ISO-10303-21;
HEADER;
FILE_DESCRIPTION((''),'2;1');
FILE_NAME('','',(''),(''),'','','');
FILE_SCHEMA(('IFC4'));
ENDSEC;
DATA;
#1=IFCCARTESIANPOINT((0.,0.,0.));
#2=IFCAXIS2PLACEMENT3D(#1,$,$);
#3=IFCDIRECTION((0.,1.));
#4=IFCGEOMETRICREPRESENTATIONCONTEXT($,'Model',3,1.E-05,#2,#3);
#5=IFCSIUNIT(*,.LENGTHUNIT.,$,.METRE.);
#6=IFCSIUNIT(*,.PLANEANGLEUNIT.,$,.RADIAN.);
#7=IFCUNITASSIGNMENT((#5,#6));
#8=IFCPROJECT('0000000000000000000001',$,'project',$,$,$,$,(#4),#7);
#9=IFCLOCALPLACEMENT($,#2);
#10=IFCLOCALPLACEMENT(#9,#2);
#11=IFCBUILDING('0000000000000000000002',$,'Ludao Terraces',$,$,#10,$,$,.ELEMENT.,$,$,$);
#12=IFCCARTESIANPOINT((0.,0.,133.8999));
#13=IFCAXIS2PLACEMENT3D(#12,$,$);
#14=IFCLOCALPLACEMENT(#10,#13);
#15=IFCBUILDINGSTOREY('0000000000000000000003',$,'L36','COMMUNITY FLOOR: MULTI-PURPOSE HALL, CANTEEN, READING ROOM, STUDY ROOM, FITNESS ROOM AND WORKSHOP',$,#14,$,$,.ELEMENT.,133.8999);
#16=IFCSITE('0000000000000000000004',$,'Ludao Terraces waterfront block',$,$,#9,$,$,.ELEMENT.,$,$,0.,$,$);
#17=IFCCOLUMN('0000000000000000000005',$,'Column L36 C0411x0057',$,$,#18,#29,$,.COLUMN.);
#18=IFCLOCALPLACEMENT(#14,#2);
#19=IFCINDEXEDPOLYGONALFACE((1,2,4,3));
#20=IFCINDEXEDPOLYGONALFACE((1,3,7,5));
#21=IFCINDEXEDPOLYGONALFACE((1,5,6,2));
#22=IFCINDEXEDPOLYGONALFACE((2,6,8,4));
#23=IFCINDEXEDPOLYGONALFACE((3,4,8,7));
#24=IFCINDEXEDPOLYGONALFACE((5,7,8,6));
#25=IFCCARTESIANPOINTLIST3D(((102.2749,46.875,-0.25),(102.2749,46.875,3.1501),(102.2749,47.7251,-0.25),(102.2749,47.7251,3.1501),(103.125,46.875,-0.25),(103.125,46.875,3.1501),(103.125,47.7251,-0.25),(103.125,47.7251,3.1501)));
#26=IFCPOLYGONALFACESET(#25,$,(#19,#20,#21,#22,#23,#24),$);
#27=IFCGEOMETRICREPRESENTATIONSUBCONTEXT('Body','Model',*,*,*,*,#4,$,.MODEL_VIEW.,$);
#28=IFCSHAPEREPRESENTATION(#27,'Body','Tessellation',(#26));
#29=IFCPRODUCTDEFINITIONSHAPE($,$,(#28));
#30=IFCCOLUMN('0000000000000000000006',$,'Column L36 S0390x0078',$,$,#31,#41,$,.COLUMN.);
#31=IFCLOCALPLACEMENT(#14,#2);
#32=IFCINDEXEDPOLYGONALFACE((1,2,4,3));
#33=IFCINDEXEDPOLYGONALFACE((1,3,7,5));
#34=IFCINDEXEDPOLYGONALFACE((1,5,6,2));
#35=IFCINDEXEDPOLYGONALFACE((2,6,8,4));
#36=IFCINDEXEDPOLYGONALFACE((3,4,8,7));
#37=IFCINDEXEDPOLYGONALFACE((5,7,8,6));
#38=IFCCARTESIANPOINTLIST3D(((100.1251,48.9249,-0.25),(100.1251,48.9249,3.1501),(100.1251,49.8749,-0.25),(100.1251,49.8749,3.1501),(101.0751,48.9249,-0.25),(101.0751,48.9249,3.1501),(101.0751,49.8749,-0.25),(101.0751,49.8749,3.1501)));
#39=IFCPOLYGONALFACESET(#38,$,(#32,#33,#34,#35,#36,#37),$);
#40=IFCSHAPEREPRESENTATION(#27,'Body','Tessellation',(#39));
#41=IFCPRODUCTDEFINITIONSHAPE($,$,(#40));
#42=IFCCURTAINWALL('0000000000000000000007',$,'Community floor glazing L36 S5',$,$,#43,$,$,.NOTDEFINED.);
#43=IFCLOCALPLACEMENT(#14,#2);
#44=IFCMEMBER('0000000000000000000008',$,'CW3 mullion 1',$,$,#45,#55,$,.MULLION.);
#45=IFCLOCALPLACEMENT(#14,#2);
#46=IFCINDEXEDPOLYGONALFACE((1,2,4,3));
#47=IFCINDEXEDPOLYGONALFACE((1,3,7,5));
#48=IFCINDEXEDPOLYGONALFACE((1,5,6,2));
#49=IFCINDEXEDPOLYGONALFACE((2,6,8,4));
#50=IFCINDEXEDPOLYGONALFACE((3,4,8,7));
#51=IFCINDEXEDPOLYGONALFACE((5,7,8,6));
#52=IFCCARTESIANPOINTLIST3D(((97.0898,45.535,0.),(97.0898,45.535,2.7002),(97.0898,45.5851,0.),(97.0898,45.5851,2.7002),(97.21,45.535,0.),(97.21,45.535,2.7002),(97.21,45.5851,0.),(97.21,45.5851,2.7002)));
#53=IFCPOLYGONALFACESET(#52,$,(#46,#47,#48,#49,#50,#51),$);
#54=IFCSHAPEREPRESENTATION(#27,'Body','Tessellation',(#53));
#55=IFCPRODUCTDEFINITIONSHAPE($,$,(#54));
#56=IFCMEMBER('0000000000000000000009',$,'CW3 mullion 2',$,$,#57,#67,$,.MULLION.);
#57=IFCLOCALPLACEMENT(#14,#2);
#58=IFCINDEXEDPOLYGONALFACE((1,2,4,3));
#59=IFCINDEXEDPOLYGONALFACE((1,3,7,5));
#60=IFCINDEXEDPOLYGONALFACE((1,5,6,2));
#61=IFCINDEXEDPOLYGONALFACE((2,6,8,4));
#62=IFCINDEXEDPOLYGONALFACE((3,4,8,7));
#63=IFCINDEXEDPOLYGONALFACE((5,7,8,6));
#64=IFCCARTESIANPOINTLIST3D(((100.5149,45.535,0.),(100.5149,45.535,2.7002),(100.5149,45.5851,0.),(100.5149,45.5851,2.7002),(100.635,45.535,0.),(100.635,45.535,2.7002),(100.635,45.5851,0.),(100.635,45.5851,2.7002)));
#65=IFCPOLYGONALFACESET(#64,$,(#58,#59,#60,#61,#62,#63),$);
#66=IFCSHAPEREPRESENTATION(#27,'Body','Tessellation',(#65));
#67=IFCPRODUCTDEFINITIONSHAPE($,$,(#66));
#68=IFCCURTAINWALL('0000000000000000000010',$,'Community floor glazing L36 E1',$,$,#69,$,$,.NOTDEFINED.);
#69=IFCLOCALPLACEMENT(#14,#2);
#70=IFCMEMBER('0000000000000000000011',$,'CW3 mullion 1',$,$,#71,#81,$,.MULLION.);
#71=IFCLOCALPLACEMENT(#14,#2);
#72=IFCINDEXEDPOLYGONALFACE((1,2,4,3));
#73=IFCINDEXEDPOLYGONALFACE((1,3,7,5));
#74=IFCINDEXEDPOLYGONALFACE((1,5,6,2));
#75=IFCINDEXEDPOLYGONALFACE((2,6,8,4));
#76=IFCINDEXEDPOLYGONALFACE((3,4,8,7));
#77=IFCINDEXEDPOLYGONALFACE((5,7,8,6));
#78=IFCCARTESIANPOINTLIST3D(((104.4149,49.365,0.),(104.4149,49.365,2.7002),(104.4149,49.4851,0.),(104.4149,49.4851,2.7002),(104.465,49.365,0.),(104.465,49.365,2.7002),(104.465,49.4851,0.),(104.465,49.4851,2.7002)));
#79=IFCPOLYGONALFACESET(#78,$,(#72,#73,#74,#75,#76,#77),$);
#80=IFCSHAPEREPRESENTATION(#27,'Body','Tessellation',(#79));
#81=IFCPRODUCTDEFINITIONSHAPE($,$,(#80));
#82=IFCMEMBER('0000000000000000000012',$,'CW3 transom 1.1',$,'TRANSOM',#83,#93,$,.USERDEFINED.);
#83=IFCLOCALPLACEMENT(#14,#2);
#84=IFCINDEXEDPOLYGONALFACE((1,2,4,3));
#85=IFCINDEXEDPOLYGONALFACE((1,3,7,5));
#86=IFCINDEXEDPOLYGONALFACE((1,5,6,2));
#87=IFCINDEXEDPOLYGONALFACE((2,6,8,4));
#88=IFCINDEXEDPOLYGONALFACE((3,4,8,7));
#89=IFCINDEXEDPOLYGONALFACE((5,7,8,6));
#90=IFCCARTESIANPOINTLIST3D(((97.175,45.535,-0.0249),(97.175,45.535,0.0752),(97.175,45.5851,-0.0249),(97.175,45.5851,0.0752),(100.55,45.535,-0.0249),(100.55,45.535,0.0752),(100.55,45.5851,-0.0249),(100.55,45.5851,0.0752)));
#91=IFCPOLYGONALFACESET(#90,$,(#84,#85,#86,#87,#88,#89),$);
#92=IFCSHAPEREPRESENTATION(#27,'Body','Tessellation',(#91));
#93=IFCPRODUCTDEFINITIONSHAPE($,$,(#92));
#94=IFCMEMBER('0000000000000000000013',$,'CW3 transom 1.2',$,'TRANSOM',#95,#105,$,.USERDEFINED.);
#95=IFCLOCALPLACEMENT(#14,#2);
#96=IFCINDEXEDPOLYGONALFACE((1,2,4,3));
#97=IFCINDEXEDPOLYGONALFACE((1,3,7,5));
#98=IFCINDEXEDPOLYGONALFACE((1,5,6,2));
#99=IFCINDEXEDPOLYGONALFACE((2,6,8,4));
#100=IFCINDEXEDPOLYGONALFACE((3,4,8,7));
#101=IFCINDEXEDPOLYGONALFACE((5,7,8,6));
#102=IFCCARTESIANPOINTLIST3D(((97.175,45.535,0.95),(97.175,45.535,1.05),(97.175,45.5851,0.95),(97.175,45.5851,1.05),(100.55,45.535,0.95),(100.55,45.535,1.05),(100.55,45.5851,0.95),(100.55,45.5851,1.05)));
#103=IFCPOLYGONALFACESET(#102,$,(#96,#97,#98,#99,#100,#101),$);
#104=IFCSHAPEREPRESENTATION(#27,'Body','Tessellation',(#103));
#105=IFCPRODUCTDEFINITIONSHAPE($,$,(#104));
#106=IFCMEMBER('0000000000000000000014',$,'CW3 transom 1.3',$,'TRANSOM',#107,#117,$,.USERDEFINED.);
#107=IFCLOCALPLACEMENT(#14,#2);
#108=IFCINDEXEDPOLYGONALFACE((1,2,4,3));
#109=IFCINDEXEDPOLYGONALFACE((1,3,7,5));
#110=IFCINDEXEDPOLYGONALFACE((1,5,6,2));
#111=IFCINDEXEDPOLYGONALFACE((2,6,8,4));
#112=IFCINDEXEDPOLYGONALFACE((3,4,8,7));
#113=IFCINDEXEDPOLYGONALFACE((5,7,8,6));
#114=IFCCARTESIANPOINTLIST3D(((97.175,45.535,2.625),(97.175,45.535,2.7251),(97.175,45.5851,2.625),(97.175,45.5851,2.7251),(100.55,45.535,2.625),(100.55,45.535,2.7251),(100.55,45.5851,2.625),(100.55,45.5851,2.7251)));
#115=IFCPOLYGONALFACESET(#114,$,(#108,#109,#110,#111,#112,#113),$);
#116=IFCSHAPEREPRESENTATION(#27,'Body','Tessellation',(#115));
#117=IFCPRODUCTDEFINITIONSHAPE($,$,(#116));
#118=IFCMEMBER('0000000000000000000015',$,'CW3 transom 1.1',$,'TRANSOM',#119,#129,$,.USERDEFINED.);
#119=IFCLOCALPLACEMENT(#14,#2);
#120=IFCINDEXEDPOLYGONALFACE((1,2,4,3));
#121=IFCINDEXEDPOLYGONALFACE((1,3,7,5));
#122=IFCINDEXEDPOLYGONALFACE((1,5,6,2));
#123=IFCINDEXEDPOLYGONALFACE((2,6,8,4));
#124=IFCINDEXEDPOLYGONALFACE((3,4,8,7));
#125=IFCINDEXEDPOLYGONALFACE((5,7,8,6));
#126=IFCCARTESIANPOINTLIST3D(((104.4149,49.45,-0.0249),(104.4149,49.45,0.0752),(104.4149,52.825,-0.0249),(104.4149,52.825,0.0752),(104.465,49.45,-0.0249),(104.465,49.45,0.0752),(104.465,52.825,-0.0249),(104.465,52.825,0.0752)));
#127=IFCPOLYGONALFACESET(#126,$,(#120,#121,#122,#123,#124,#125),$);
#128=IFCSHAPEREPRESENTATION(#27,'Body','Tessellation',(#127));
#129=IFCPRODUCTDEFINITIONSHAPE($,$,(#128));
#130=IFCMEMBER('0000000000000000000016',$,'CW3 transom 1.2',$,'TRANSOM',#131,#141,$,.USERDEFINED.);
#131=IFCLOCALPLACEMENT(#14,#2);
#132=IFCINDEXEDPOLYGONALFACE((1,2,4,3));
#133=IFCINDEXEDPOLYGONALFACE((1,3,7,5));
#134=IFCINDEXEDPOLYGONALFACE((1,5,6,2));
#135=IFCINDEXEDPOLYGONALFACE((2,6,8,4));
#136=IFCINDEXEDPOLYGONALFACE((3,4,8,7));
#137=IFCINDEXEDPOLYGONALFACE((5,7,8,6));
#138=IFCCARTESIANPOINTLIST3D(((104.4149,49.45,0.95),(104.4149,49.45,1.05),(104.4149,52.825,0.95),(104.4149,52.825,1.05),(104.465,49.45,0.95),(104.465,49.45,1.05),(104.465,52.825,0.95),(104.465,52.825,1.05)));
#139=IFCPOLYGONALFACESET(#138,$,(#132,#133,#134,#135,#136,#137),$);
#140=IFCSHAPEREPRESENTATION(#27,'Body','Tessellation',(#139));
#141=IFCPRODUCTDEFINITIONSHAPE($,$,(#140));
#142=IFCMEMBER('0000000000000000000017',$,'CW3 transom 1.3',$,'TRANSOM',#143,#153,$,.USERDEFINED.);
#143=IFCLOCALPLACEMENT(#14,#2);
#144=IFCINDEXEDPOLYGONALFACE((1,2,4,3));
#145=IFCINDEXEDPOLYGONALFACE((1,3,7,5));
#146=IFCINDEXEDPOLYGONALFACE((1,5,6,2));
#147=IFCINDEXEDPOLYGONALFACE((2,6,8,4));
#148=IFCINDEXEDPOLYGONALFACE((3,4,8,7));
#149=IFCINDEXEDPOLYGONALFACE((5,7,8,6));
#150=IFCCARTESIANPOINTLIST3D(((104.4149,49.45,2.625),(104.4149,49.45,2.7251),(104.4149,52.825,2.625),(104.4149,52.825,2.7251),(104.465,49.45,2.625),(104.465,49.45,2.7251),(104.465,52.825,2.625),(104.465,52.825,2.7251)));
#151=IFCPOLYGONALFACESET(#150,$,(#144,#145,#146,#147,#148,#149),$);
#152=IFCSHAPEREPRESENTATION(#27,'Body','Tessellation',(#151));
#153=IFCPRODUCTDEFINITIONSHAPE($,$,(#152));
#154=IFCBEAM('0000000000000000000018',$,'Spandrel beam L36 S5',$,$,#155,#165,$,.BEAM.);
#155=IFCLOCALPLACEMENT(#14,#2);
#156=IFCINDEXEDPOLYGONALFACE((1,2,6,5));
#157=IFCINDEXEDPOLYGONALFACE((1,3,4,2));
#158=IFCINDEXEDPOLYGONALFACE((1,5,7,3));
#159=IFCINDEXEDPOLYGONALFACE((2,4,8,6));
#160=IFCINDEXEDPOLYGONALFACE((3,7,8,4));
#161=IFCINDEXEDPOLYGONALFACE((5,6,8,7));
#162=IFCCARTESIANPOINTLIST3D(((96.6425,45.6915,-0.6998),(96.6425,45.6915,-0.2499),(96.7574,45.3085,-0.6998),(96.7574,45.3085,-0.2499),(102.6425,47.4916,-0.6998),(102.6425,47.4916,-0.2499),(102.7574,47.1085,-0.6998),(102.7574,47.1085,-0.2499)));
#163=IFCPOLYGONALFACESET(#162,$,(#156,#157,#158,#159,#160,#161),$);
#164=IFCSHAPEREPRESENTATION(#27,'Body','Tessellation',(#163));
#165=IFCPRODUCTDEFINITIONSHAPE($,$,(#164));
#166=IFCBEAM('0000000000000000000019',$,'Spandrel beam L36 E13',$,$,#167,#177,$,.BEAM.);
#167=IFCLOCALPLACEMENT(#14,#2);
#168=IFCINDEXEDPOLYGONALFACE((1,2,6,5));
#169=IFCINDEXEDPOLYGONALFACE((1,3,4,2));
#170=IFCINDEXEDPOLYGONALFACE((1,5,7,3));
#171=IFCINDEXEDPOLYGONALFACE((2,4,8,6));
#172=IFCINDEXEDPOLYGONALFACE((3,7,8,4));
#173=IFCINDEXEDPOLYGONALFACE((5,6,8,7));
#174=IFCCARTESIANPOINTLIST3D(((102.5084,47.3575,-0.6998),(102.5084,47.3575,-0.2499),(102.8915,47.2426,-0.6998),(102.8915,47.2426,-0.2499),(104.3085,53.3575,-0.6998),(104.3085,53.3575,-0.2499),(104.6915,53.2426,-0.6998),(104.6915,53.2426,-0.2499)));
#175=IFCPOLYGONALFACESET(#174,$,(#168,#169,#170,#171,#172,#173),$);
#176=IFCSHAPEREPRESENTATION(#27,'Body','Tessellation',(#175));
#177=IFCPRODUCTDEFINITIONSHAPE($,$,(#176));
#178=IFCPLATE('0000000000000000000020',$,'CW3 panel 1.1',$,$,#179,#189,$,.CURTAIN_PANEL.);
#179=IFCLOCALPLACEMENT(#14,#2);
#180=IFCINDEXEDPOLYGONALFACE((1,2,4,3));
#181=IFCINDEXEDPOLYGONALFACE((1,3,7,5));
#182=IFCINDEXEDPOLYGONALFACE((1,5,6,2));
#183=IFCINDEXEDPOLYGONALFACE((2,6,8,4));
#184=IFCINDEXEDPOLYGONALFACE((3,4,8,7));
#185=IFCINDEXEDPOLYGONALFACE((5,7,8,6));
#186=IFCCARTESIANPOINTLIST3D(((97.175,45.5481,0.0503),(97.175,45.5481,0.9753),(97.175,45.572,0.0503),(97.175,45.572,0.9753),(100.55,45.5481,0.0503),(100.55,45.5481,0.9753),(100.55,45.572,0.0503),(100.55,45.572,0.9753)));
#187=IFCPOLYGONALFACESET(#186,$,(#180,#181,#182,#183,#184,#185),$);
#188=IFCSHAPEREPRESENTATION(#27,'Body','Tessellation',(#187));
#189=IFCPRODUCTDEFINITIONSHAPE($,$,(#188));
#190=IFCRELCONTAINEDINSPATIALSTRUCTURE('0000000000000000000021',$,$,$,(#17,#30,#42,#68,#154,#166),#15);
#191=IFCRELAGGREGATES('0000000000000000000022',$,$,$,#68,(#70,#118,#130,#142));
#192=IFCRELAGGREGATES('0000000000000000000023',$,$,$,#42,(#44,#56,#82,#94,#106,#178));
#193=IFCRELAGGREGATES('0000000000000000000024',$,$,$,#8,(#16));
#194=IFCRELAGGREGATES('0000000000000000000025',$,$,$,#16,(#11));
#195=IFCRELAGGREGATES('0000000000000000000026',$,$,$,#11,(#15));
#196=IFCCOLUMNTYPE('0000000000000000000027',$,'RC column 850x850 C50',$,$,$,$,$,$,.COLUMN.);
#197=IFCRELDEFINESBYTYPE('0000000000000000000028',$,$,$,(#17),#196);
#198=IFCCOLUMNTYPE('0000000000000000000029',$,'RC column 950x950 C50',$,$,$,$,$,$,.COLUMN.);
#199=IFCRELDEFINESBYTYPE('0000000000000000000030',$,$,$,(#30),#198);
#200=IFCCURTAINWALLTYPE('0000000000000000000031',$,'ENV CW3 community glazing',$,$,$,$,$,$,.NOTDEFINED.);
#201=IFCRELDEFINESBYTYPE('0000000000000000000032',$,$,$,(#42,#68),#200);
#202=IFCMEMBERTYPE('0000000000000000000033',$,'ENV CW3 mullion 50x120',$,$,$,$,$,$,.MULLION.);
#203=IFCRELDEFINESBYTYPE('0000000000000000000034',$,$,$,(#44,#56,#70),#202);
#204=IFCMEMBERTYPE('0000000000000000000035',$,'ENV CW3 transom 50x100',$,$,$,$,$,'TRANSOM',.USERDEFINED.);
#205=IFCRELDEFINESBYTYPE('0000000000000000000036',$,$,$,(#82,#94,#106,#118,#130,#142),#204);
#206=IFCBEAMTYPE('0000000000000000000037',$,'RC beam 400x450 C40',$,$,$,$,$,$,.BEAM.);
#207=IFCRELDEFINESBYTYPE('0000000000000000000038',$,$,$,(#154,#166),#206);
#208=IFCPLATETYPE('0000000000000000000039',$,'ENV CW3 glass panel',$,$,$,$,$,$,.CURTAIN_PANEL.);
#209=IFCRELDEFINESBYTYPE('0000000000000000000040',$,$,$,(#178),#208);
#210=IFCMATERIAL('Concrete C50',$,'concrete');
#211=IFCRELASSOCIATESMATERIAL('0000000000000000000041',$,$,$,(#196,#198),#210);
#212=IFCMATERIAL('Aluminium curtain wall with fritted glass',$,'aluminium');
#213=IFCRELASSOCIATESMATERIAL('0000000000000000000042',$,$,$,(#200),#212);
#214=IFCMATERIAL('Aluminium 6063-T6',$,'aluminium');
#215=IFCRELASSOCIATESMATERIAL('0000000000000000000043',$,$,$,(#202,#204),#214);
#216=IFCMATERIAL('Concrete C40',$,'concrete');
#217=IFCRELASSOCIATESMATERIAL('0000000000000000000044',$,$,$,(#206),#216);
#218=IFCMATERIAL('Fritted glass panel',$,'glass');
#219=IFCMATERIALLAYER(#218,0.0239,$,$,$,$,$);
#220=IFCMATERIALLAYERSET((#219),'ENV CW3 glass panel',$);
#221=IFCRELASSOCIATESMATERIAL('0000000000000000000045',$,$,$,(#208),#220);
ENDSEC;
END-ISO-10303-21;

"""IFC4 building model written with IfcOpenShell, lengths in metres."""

from ifc_helpers import new_model, si_unit, direction, frame, origin, origin_2d, place, context, subcontext, project, spatial, rectangle, extrude, material, layer, layer_set, material_profile, profile_set, type_object, element, aggregate, save


model = new_model("IFC4")

# Units and contexts
model_context = context("Model", 3, precision=1e-05, world=origin(), true_north=direction((0.0, 1.0)))
body_context = subcontext(model_context, "Body", "Model", "MODEL_VIEW")
ifc_project = project(units=[si_unit("LENGTHUNIT", "METRE"), si_unit("PLANEANGLEUNIT", "RADIAN")], contexts=[model_context])

# Site, building, storey
site_placement = place(None, origin())
site = spatial("IfcSite", under=ifc_project, at=site_placement, Name="Ludao Terraces waterfront block", CompositionType="ELEMENT", RefElevation=0.0)
building_placement = place(site_placement, origin())
building = spatial("IfcBuilding", under=site, at=building_placement, Name="Ludao Terraces", CompositionType="ELEMENT")
storey_placement = place(building_placement, frame((0.0, 0.0, 133.8999)))
storey = spatial("IfcBuildingStorey", under=building, at=storey_placement, Name="L36", Description="COMMUNITY FLOOR: MULTI-PURPOSE HALL, CANTEEN, READING ROOM, STUDY ROOM, FITNESS ROOM AND WORKSHOP", CompositionType="ELEMENT", Elevation=133.8999)

# Columns
ifc_material_1 = material(Name="Concrete C50", Category="concrete")
ifc_material_profile_1 = material_profile(ifc_material_1, rectangle(XDim=0.8501, YDim=0.8501, at=origin_2d()), Name="850 X 850")
ifc_profile_set_1 = profile_set([ifc_material_profile_1], Name="Concrete C50")
column_type_1 = type_object("IfcColumnType", Name="RC column 850x850 C50", PredefinedType="COLUMN", material=ifc_profile_set_1)
column_1_placement = place(storey_placement, frame((102.7, 47.3, -0.25), z_axis=(0.0, 0.0, 1.0), x_axis=(1.0, 0.0, 0.0)))
element("IfcColumn", 1, at=column_1_placement, inside=storey, type_object=column_type_1, Name="Column L36 C0411x0057", PredefinedType="COLUMN", context=body_context, shape_type="SweptSolid", body=[
    extrude(rectangle(XDim=0.8501, YDim=0.8501, at=origin_2d()), origin(), (0.0, 0.0, 1.0), 3.4001),
])
ifc_material_profile_2 = material_profile(ifc_material_1, rectangle(XDim=0.95, YDim=0.95, at=origin_2d()), Name="950 X 950")
ifc_profile_set_2 = profile_set([ifc_material_profile_2], Name="Concrete C50")
column_type_2 = type_object("IfcColumnType", Name="RC column 950x950 C50", PredefinedType="COLUMN", material=ifc_profile_set_2)
column_2_placement = place(storey_placement, frame((100.6001, 49.3999, -0.25), z_axis=(0.0, 0.0, 1.0), x_axis=(1.0, 0.0, 0.0)))
element("IfcColumn", 2, at=column_2_placement, inside=storey, type_object=column_type_2, Name="Column L36 S0390x0078", PredefinedType="COLUMN", context=body_context, shape_type="SweptSolid", body=[
    extrude(rectangle(XDim=0.95, YDim=0.95, at=origin_2d()), origin(), (0.0, 0.0, 1.0), 3.4001),
])

# Curtain wall, members
ifc_material_2 = material(Name="Aluminium curtain wall with fritted glass", Category="aluminium")
curtain_wall_type = type_object("IfcCurtainWallType", Name="ENV CW3 community glazing", PredefinedType="NOTDEFINED", material=ifc_material_2)
curtain_wall_1_placement = place(storey_placement, origin())
curtain_wall_1 = element("IfcCurtainWall", 3, at=curtain_wall_1_placement, inside=storey, type_object=curtain_wall_type, Name="Community floor glazing L36 S5", PredefinedType="NOTDEFINED")
ifc_material_3 = material(Name="Aluminium 6063-T6", Category="aluminium")
ifc_material_profile_3 = material_profile(ifc_material_3, rectangle(XDim=0.05, YDim=0.1201, at=origin_2d()), Name="50 X 120")
ifc_profile_set_3 = profile_set([ifc_material_profile_3], Name="Aluminium 6063-T6")
member_type_1 = type_object("IfcMemberType", Name="ENV CW3 mullion 50x120", PredefinedType="MULLION", material=ifc_profile_set_3)
member_1_placement = place(storey_placement, frame((97.1499, 45.5601, 0.0), z_axis=(0.0, 0.0, 1.0), x_axis=(0.0, 1.0, 0.0)))
member_1 = element("IfcMember", 4, at=member_1_placement, type_object=member_type_1, Name="CW3 mullion 1", PredefinedType="MULLION", context=body_context, shape_type="SweptSolid", body=[
    extrude(rectangle(XDim=0.05, YDim=0.1201, at=origin_2d()), origin(), (0.0, 0.0, 1.0), 2.7002),
])
member_2_placement = place(storey_placement, frame((100.575, 45.5601, 0.0), z_axis=(0.0, 0.0, 1.0), x_axis=(0.0, 1.0, 0.0)))
member_2 = element("IfcMember", 5, at=member_2_placement, type_object=member_type_1, Name="CW3 mullion 2", PredefinedType="MULLION", context=body_context, shape_type="SweptSolid", body=[
    extrude(rectangle(XDim=0.05, YDim=0.1201, at=origin_2d()), origin(), (0.0, 0.0, 1.0), 2.7002),
])

# Curtain wall, member
curtain_wall_2_placement = place(storey_placement, origin())
curtain_wall_2 = element("IfcCurtainWall", 6, at=curtain_wall_2_placement, inside=storey, type_object=curtain_wall_type, Name="Community floor glazing L36 E1", PredefinedType="NOTDEFINED")
member_3_placement = place(storey_placement, frame((104.4399, 49.425, 0.0), z_axis=(0.0, 0.0, 1.0), x_axis=(-1.0, 0.0, 0.0)))
member_3 = element("IfcMember", 7, at=member_3_placement, type_object=member_type_1, Name="CW3 mullion 1", PredefinedType="MULLION", context=body_context, shape_type="SweptSolid", body=[
    extrude(rectangle(XDim=0.05, YDim=0.1201, at=origin_2d()), origin(), (0.0, 0.0, 1.0), 2.7002),
])

# Members
ifc_material_profile_4 = material_profile(ifc_material_3, rectangle(XDim=0.05, YDim=0.1001, at=origin_2d()), Name="50 X 100")
ifc_profile_set_4 = profile_set([ifc_material_profile_4], Name="Aluminium 6063-T6")
member_type_2 = type_object("IfcMemberType", Name="ENV CW3 transom 50x100", ElementType="TRANSOM", PredefinedType="USERDEFINED", material=ifc_profile_set_4)
member_4_placement = place(storey_placement, frame((97.175, 45.5601, 0.0251), z_axis=(1.0, 0.0, 0.0), x_axis=(0.0, 1.0, 0.0)))
member_4 = element("IfcMember", 8, at=member_4_placement, type_object=member_type_2, Name="CW3 transom 1.1", ObjectType="TRANSOM", PredefinedType="USERDEFINED", context=body_context, shape_type="SweptSolid", body=[
    extrude(rectangle(XDim=0.05, YDim=0.1001, at=origin_2d()), origin(), (0.0, 0.0, 1.0), 3.375),
])
member_5_placement = place(storey_placement, frame((97.175, 45.5601, 1.0), z_axis=(1.0, 0.0, 0.0), x_axis=(0.0, 1.0, 0.0)))
member_5 = element("IfcMember", 9, at=member_5_placement, type_object=member_type_2, Name="CW3 transom 1.2", ObjectType="TRANSOM", PredefinedType="USERDEFINED", context=body_context, shape_type="SweptSolid", body=[
    extrude(rectangle(XDim=0.05, YDim=0.1001, at=origin_2d()), origin(), (0.0, 0.0, 1.0), 3.375),
])
member_6_placement = place(storey_placement, frame((97.175, 45.5601, 2.675), z_axis=(1.0, 0.0, 0.0), x_axis=(0.0, 1.0, 0.0)))
member_6 = element("IfcMember", 10, at=member_6_placement, type_object=member_type_2, Name="CW3 transom 1.3", ObjectType="TRANSOM", PredefinedType="USERDEFINED", context=body_context, shape_type="SweptSolid", body=[
    extrude(rectangle(XDim=0.05, YDim=0.1001, at=origin_2d()), origin(), (0.0, 0.0, 1.0), 3.375),
])
member_7_placement = place(storey_placement, frame((104.4399, 49.45, 0.0251), z_axis=(0.0, 1.0, 0.0), x_axis=(-1.0, 0.0, 0.0)))
member_7 = element("IfcMember", 11, at=member_7_placement, type_object=member_type_2, Name="CW3 transom 1.1", ObjectType="TRANSOM", PredefinedType="USERDEFINED", context=body_context, shape_type="SweptSolid", body=[
    extrude(rectangle(XDim=0.05, YDim=0.1001, at=origin_2d()), origin(), (0.0, 0.0, 1.0), 3.375),
])
member_8_placement = place(storey_placement, frame((104.4399, 49.45, 1.0), z_axis=(0.0, 1.0, 0.0), x_axis=(-1.0, 0.0, 0.0)))
member_8 = element("IfcMember", 12, at=member_8_placement, type_object=member_type_2, Name="CW3 transom 1.2", ObjectType="TRANSOM", PredefinedType="USERDEFINED", context=body_context, shape_type="SweptSolid", body=[
    extrude(rectangle(XDim=0.05, YDim=0.1001, at=origin_2d()), origin(), (0.0, 0.0, 1.0), 3.375),
])
member_9_placement = place(storey_placement, frame((104.4399, 49.45, 2.675), z_axis=(0.0, 1.0, 0.0), x_axis=(-1.0, 0.0, 0.0)))
member_9 = element("IfcMember", 13, at=member_9_placement, type_object=member_type_2, Name="CW3 transom 1.3", ObjectType="TRANSOM", PredefinedType="USERDEFINED", context=body_context, shape_type="SweptSolid", body=[
    extrude(rectangle(XDim=0.05, YDim=0.1001, at=origin_2d()), origin(), (0.0, 0.0, 1.0), 3.375),
])
aggregate(curtain_wall_2, [member_3, member_7, member_8, member_9])

# Beams
ifc_material_4 = material(Name="Concrete C40", Category="concrete")
ifc_material_profile_5 = material_profile(ifc_material_4, rectangle(XDim=0.3999, YDim=0.45, at=origin_2d()), Name="400 X 450")
ifc_profile_set_5 = profile_set([ifc_material_profile_5], Name="Concrete C40")
beam_type = type_object("IfcBeamType", Name="RC beam 400x450 C40", PredefinedType="BEAM", material=ifc_profile_set_5)
for number, where, z_axis, x_axis, name in (
    (14, (96.7, 45.5, -0.4749), (0.957824, 0.287355, 0.0), (-0.287355, 0.957824, 0.0), "Spandrel beam L36 S5"),
    (15, (102.7, 47.3, -0.4749), (0.287355, 0.957824, 0.0), (-0.957824, 0.287355, 0.0), "Spandrel beam L36 E13"),
):
    element("IfcBeam", number, at=place(storey_placement, frame(where, z_axis=z_axis, x_axis=x_axis)), inside=storey, type_object=beam_type, Name=name, PredefinedType="BEAM", context=body_context, shape_type="SweptSolid", body=[
        extrude(rectangle(XDim=0.3999, YDim=0.45, at=origin_2d()), origin(), (0.0, 0.0, 1.0), 6.2642),
    ])

# Plate
ifc_material_5 = material(Name="Fritted glass panel", Category="glass")
ifc_layer_1 = layer(ifc_material_5, 0.0239)
ifc_layer_set_1 = layer_set([ifc_layer_1], Name="ENV CW3 glass panel")
plate_type = type_object("IfcPlateType", Name="ENV CW3 glass panel", PredefinedType="CURTAIN_PANEL", material=ifc_layer_set_1)
plate_1_placement = place(storey_placement, frame((98.8625, 45.5601, 0.0503), z_axis=(0.0, 0.0, 1.0), x_axis=(1.0, 0.0, 0.0)))
plate_1 = element("IfcPlate", 16, at=plate_1_placement, type_object=plate_type, Name="CW3 panel 1.1", PredefinedType="CURTAIN_PANEL", context=body_context, shape_type="SweptSolid", body=[
    extrude(rectangle(XDim=3.375, YDim=0.0239, at=origin_2d()), origin(), (0.0, 0.0, 1.0), 0.925),
])
aggregate(curtain_wall_1, [member_1, member_2, member_4, member_5, member_6, plate_1])

save(model, "model.ifc")
